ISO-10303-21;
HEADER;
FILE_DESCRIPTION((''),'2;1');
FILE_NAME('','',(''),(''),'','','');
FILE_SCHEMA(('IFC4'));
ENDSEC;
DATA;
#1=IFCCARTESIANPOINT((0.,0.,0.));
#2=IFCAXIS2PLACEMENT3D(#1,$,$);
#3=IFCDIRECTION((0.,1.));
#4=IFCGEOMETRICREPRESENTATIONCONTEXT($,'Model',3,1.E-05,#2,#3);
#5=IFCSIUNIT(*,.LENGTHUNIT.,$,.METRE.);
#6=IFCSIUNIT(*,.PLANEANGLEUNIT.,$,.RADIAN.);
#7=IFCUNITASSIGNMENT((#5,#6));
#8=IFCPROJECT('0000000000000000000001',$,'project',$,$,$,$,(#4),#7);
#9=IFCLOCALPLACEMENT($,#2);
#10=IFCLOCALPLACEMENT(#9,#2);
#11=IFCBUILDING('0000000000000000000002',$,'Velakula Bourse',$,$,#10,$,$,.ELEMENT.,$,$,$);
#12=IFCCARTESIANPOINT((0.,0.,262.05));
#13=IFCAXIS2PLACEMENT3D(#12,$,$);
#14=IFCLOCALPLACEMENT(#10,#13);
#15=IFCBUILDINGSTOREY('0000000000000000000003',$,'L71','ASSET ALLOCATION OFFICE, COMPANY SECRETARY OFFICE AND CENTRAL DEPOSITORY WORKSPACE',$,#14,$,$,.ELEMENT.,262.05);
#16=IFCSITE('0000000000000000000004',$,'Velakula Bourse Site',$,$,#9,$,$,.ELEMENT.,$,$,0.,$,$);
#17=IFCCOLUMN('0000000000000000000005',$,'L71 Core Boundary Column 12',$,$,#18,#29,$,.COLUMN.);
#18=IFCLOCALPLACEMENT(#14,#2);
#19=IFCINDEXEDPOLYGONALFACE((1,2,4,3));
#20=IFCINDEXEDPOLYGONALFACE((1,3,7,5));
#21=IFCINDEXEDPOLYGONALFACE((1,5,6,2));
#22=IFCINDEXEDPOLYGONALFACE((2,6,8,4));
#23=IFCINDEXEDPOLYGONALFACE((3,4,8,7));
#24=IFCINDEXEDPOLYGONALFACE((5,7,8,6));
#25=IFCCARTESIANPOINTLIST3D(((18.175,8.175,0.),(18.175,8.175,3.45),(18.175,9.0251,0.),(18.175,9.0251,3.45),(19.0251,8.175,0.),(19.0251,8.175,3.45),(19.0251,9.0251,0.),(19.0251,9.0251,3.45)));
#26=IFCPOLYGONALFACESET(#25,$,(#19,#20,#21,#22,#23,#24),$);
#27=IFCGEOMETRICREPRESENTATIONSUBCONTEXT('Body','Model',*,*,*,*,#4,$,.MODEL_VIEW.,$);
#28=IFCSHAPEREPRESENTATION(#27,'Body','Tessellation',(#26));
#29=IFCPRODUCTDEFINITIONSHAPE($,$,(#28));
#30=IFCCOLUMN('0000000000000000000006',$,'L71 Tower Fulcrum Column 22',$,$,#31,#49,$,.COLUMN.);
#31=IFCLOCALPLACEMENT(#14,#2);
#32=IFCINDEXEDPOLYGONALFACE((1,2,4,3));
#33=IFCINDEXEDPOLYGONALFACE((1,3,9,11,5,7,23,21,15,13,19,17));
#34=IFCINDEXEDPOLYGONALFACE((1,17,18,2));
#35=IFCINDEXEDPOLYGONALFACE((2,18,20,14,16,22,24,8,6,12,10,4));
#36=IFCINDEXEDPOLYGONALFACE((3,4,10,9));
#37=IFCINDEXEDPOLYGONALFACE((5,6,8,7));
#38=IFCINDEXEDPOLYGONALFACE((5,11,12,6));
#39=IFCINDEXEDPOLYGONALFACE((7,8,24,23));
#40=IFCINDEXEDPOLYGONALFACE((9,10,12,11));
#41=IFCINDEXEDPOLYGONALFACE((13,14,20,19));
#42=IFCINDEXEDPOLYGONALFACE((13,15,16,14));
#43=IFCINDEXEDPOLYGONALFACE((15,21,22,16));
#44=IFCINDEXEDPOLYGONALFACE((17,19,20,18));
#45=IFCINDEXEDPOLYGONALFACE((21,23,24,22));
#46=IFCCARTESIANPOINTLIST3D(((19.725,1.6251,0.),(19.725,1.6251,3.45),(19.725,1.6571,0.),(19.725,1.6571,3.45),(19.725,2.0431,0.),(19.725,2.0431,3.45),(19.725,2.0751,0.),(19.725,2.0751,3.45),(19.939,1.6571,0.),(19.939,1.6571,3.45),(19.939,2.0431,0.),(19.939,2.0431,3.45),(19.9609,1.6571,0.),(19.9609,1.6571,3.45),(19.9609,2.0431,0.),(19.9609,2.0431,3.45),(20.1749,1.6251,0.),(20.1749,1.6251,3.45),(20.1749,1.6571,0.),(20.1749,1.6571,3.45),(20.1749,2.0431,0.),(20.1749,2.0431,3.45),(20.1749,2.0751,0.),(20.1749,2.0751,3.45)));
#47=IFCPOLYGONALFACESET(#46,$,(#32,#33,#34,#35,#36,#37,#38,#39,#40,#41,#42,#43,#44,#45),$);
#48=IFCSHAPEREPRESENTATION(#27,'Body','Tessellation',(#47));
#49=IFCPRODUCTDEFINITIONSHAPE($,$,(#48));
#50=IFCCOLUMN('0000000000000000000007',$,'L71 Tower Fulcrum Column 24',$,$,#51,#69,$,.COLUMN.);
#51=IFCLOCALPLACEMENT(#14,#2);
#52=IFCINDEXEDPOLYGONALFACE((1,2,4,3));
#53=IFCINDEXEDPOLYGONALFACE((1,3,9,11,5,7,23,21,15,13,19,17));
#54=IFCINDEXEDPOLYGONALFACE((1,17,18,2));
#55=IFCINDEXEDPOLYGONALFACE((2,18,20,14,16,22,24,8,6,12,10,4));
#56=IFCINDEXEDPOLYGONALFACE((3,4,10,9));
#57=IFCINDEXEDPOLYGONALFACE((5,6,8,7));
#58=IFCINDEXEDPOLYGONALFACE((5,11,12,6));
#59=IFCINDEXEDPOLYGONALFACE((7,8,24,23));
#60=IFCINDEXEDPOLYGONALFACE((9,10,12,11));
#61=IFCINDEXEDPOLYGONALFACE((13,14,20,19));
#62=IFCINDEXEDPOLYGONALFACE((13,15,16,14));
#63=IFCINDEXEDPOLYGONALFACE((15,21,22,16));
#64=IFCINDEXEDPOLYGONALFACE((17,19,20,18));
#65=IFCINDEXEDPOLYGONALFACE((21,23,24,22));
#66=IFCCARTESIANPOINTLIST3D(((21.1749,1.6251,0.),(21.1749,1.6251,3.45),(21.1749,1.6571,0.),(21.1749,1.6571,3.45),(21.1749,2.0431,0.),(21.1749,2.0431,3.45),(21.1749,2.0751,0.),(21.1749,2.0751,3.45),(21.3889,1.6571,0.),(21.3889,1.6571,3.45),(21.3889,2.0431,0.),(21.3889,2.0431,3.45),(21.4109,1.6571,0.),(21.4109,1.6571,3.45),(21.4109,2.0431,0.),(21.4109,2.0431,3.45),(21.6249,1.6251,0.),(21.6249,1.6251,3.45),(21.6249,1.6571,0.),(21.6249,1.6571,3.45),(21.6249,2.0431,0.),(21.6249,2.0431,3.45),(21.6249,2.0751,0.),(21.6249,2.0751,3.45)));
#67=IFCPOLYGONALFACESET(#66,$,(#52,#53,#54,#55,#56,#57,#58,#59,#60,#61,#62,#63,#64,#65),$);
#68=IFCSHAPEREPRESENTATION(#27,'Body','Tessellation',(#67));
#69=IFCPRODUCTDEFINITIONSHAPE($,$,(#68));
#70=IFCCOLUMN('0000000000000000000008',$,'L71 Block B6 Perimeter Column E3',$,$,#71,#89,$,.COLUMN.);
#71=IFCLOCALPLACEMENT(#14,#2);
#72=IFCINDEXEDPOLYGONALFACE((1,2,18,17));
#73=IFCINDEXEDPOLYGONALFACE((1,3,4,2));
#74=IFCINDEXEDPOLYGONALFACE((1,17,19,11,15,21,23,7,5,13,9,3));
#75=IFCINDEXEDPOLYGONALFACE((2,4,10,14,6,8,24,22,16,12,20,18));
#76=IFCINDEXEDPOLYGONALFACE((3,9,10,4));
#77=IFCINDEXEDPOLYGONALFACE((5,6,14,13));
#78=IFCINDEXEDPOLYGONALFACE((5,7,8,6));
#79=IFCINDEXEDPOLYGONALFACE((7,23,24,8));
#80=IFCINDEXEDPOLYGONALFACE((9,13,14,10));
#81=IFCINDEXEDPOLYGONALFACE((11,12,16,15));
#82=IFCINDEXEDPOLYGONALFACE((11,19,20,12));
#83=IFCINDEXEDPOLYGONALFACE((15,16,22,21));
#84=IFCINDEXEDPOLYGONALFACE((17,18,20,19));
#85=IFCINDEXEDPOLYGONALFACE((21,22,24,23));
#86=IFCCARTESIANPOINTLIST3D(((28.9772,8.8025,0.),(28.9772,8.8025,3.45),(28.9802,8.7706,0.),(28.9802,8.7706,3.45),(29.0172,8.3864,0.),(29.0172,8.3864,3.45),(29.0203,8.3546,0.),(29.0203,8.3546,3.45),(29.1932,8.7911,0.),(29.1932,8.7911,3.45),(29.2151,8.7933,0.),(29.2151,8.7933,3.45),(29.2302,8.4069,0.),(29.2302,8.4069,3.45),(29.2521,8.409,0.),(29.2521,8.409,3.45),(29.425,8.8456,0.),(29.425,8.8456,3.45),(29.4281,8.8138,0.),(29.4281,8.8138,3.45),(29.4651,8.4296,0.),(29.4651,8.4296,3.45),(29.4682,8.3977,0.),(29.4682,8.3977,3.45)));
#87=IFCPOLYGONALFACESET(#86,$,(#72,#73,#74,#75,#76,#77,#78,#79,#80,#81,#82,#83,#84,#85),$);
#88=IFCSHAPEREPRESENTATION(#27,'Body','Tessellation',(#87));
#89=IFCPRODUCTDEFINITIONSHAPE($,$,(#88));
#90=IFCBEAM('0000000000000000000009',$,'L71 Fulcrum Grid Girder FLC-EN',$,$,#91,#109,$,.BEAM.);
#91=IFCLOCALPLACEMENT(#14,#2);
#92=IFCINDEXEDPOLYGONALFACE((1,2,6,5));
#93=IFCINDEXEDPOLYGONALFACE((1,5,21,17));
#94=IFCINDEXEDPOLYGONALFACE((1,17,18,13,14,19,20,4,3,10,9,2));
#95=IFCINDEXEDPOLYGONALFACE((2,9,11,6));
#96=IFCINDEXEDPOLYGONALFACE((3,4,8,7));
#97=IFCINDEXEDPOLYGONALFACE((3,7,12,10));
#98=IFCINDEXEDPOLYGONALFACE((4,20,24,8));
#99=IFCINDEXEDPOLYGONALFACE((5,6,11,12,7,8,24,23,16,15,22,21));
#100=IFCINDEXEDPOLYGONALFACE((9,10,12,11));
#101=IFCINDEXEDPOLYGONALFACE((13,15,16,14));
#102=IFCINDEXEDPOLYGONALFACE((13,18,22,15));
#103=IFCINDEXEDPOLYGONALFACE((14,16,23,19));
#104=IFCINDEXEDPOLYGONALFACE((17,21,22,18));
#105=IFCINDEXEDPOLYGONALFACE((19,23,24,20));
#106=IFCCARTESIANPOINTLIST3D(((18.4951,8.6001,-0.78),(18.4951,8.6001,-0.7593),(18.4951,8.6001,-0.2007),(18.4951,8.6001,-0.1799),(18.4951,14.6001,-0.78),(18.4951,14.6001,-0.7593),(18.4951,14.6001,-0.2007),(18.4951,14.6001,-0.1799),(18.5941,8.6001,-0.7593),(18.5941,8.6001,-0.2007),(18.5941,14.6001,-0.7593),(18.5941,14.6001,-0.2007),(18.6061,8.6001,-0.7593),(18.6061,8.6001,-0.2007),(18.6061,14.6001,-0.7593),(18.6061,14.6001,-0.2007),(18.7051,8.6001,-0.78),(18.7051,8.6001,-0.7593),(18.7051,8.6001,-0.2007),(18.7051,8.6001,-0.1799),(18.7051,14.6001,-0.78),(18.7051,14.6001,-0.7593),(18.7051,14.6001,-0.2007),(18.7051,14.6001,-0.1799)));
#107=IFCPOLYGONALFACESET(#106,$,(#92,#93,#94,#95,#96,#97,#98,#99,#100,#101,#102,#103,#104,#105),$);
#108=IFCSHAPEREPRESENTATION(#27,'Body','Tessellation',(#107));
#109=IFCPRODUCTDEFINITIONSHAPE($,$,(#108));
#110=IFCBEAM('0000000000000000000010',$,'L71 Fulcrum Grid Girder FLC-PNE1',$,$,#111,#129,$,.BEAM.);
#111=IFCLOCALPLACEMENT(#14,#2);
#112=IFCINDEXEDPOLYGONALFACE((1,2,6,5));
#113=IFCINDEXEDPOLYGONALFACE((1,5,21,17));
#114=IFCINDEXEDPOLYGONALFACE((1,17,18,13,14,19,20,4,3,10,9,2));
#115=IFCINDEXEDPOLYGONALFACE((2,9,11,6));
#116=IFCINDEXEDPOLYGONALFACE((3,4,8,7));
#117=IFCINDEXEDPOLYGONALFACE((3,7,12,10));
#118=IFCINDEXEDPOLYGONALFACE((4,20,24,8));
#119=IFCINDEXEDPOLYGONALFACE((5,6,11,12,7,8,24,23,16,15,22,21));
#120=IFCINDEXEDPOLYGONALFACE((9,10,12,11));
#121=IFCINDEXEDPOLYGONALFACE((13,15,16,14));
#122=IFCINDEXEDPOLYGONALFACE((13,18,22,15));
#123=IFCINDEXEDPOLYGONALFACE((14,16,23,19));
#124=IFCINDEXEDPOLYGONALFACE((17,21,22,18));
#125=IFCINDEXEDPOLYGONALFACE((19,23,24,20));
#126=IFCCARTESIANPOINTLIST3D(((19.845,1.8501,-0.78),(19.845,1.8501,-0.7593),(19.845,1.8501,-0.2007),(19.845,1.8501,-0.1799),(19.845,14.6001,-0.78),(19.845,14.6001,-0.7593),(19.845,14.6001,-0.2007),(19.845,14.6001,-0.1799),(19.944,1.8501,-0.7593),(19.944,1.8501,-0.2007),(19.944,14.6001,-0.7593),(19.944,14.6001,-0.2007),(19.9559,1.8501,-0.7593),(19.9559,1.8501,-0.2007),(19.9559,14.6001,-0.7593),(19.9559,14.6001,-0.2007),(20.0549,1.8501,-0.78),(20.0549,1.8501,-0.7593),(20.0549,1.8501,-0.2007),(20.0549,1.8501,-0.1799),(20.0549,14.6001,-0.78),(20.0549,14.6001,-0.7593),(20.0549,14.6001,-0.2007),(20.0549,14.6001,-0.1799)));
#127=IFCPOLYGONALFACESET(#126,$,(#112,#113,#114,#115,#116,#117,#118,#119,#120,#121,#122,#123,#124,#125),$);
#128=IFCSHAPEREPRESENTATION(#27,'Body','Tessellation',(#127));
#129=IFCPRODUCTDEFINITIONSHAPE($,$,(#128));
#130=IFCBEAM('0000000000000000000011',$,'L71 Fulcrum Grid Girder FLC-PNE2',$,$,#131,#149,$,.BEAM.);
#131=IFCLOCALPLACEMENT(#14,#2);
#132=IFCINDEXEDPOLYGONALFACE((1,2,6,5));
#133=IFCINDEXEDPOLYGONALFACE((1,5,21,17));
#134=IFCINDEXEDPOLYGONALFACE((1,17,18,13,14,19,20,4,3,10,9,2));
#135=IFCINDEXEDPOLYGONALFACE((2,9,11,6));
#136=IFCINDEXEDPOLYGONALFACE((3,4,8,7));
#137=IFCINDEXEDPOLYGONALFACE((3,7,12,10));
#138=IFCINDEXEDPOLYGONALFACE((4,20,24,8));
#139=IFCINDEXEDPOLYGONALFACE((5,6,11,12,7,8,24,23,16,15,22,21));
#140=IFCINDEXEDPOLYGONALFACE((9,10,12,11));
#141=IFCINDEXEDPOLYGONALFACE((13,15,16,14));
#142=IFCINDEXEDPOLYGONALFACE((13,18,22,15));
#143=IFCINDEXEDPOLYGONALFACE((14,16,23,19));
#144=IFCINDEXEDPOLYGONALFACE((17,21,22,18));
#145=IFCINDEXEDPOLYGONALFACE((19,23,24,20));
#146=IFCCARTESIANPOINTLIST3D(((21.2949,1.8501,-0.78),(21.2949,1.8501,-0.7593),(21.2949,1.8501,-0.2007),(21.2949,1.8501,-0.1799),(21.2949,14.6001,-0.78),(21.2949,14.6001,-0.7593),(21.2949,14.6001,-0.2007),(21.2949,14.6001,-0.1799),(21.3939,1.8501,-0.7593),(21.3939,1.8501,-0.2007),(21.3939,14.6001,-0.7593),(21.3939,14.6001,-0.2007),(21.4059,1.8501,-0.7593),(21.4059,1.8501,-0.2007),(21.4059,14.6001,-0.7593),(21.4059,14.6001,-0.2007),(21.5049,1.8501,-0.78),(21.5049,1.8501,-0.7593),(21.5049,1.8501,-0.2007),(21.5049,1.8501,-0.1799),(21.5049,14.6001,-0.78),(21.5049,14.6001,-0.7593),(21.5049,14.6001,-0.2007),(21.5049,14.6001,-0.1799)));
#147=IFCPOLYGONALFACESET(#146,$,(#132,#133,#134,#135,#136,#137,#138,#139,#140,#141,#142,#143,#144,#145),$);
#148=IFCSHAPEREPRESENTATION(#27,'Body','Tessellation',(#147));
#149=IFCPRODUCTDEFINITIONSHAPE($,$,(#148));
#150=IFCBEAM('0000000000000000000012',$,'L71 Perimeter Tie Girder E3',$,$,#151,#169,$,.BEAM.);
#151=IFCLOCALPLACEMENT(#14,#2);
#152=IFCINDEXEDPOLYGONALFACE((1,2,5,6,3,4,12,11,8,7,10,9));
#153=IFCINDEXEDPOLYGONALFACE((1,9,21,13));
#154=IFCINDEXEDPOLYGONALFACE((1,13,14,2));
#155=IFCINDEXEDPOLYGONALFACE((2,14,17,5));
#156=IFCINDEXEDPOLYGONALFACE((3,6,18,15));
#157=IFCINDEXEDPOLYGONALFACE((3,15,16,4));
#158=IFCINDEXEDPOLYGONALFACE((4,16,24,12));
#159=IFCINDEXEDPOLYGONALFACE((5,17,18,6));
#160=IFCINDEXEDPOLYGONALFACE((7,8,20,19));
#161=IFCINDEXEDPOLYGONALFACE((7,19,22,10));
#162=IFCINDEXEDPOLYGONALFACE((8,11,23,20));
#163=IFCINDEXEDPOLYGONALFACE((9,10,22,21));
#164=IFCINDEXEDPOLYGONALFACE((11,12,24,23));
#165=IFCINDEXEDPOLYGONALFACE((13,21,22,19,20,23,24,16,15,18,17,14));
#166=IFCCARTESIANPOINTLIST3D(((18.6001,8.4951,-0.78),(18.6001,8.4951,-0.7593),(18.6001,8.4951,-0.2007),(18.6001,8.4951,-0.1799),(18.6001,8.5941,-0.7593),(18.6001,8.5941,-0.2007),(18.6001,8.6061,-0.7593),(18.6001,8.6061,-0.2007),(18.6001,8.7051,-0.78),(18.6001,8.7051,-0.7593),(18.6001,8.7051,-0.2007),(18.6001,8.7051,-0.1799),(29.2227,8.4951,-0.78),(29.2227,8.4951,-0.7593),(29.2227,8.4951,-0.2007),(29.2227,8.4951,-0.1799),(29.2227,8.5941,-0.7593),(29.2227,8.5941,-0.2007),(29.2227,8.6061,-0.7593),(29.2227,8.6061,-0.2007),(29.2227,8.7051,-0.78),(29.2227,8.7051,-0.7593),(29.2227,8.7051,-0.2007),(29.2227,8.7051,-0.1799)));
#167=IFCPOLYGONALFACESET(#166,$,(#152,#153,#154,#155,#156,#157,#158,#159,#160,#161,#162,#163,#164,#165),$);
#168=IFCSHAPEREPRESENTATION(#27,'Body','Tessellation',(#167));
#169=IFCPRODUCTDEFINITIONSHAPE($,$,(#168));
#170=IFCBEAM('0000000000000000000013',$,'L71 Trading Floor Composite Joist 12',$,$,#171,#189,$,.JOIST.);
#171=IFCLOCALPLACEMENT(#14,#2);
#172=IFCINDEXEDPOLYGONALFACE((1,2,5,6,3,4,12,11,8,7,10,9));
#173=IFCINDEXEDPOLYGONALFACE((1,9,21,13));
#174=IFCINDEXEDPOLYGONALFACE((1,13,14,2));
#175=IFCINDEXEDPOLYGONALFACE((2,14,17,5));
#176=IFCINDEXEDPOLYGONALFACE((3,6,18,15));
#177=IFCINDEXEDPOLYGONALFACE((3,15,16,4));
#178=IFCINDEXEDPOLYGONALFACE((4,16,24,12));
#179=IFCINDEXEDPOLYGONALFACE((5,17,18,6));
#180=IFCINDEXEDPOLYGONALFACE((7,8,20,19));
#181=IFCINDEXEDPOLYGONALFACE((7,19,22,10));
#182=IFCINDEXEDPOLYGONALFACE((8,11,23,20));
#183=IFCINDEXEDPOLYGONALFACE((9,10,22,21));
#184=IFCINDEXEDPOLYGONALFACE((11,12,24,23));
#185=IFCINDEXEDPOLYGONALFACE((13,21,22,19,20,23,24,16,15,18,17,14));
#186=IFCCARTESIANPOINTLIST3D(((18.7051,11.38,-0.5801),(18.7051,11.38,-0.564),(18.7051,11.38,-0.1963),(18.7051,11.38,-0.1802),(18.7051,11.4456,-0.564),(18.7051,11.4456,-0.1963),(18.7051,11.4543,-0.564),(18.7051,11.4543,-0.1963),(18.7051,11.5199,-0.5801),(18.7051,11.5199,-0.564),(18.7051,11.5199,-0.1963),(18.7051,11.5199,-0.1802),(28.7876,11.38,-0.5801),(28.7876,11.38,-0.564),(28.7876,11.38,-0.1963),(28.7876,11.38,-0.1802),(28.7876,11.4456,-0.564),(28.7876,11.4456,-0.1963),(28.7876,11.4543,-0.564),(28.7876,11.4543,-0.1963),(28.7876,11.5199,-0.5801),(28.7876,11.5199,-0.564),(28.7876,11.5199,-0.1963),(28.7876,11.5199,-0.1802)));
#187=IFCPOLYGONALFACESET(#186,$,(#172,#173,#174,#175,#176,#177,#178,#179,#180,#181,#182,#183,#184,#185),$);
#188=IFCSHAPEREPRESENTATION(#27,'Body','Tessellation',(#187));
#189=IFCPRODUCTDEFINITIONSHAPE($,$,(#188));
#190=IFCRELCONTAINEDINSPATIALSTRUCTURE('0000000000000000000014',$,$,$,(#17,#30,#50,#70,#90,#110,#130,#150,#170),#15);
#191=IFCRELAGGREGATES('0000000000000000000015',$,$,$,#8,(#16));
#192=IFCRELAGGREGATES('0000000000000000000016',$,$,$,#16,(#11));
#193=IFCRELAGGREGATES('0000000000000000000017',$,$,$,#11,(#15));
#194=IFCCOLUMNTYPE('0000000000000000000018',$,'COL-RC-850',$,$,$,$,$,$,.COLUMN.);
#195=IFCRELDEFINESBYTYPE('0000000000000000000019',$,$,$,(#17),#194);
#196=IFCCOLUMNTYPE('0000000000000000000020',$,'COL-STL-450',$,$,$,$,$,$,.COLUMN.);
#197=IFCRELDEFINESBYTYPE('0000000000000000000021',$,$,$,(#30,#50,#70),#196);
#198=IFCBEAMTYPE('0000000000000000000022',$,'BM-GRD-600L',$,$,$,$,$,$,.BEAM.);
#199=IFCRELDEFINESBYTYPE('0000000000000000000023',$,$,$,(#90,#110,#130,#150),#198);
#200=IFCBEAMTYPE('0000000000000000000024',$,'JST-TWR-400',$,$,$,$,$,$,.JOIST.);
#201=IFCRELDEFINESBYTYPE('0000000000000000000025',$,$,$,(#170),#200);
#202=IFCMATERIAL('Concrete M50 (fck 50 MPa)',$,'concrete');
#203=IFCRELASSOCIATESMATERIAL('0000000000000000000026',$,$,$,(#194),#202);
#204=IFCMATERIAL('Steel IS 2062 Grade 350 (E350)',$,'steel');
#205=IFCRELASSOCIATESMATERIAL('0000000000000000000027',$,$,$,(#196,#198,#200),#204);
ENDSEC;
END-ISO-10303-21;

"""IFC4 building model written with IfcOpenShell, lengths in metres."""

from ifc_helpers import new_model, si_unit, direction, frame, origin, origin_2d, place, context, subcontext, project, spatial, rectangle, i_section, extrude, material, material_profile, profile_set, type_object, element, save


model = new_model("IFC4")

# Units and contexts
model_context = context("Model", 3, precision=1e-05, world=origin(), true_north=direction((0.0, 1.0)))
body_context = subcontext(model_context, "Body", "Model", "MODEL_VIEW")
ifc_project = project(units=[si_unit("LENGTHUNIT", "METRE"), si_unit("PLANEANGLEUNIT", "RADIAN")], contexts=[model_context])

# Site, building, storey
site_placement = place(None, origin())
site = spatial("IfcSite", under=ifc_project, at=site_placement, Name="Velakula Bourse Site", CompositionType="ELEMENT", RefElevation=0.0)
building_placement = place(site_placement, origin())
building = spatial("IfcBuilding", under=site, at=building_placement, Name="Velakula Bourse", CompositionType="ELEMENT")
storey_placement = place(building_placement, frame((0.0, 0.0, 262.05)))
storey = spatial("IfcBuildingStorey", under=building, at=storey_placement, Name="L71", Description="ASSET ALLOCATION OFFICE, COMPANY SECRETARY OFFICE AND CENTRAL DEPOSITORY WORKSPACE", CompositionType="ELEMENT", Elevation=262.05)

# Columns
ifc_material_1 = material(Name="Concrete M50 (fck 50 MPa)", Category="concrete")
ifc_material_profile_1 = material_profile(ifc_material_1, rectangle(XDim=0.8501, YDim=0.8501, at=origin_2d()), Name="Concrete M50 (fck 50 MPa)")
ifc_profile_set_1 = profile_set([ifc_material_profile_1], Name="Concrete M50 (fck 50 MPa)")
column_type_1 = type_object("IfcColumnType", Name="COL-RC-850", PredefinedType="COLUMN", material=ifc_profile_set_1)
column_placement = place(storey_placement, frame((18.6001, 8.6001, 0.0), z_axis=(0.0, 0.0, 1.0), x_axis=(1.0, 0.0, 0.0)))
element("IfcColumn", 1, at=column_placement, inside=storey, type_object=column_type_1, Name="L71 Core Boundary Column 12", PredefinedType="COLUMN", context=body_context, shape_type="SweptSolid", body=[
    extrude(rectangle(XDim=0.8501, YDim=0.8501, at=origin_2d()), origin(), (0.0, 0.0, 1.0), 3.45),
])
ifc_material_2 = material(Name="Steel IS 2062 Grade 350 (E350)", Category="steel")
ifc_material_profile_2 = material_profile(ifc_material_2, i_section(OverallWidth=0.45, OverallDepth=0.45, WebThickness=0.022, FlangeThickness=0.032, at=origin_2d()), Name="Steel IS 2062 Grade 350 (E350)")
ifc_profile_set_2 = profile_set([ifc_material_profile_2], Name="Steel IS 2062 Grade 350 (E350)")
column_type_2 = type_object("IfcColumnType", Name="COL-STL-450", PredefinedType="COLUMN", material=ifc_profile_set_2)
for number, where, z_axis, x_axis, name in (
    (2, (19.95, 1.8501, 0.0), (0.0, 0.0, 1.0), (1.0, 0.0, 0.0), "L71 Tower Fulcrum Column 22"),
    (3, (21.3999, 1.8501, 0.0), (0.0, 0.0, 1.0), (1.0, 0.0, 0.0), "L71 Tower Fulcrum Column 24"),
    (4, (29.2227, 8.6001, 0.0), (0.0, 0.0, 1.0), (0.995396, 0.095846, 0.0), "L71 Block B6 Perimeter Column E3"),
):
    element("IfcColumn", number, at=place(storey_placement, frame(where, z_axis=z_axis, x_axis=x_axis)), inside=storey, type_object=column_type_2, Name=name, PredefinedType="COLUMN", context=body_context, shape_type="SweptSolid", body=[
        extrude(i_section(OverallWidth=0.45, OverallDepth=0.45, WebThickness=0.022, FlangeThickness=0.032, at=origin_2d()), origin(), (0.0, 0.0, 1.0), 3.45),
    ])

# Beams
ifc_material_profile_3 = material_profile(ifc_material_2, i_section(OverallWidth=0.21, OverallDepth=0.6001, WebThickness=0.012, FlangeThickness=0.0208, at=origin_2d()), Name="Steel IS 2062 Grade 350 (E350)")
ifc_profile_set_3 = profile_set([ifc_material_profile_3], Name="Steel IS 2062 Grade 350 (E350)")
beam_type_1 = type_object("IfcBeamType", Name="BM-GRD-600L", PredefinedType="BEAM", material=ifc_profile_set_3)
beam_1_placement = place(storey_placement, frame((18.6001, 8.6001, -0.48), z_axis=(0.0, 1.0, 0.0), x_axis=(-1.0, 0.0, 0.0)))
element("IfcBeam", 5, at=beam_1_placement, inside=storey, type_object=beam_type_1, Name="L71 Fulcrum Grid Girder FLC-EN", PredefinedType="BEAM", context=body_context, shape_type="SweptSolid", body=[
    extrude(i_section(OverallWidth=0.21, OverallDepth=0.6001, WebThickness=0.012, FlangeThickness=0.0208, at=origin_2d()), origin(), (0.0, 0.0, 1.0), 6.0),
])
for number, where, z_axis, x_axis, name in (
    (6, (19.95, 1.8501, -0.48), (0.0, 1.0, 0.0), (-1.0, 0.0, 0.0), "L71 Fulcrum Grid Girder FLC-PNE1"),
    (7, (21.3999, 1.8501, -0.48), (0.0, 1.0, 0.0), (-1.0, 0.0, 0.0), "L71 Fulcrum Grid Girder FLC-PNE2"),
):
    element("IfcBeam", number, at=place(storey_placement, frame(where, z_axis=z_axis, x_axis=x_axis)), inside=storey, type_object=beam_type_1, Name=name, PredefinedType="BEAM", context=body_context, shape_type="SweptSolid", body=[
        extrude(i_section(OverallWidth=0.21, OverallDepth=0.6001, WebThickness=0.012, FlangeThickness=0.0208, at=origin_2d()), origin(), (0.0, 0.0, 1.0), 12.75),
    ])
beam_2_placement = place(storey_placement, frame((18.6001, 8.6001, -0.48), z_axis=(1.0, 0.0, 0.0), x_axis=(0.0, 1.0, 0.0)))
element("IfcBeam", 8, at=beam_2_placement, inside=storey, type_object=beam_type_1, Name="L71 Perimeter Tie Girder E3", PredefinedType="BEAM", context=body_context, shape_type="SweptSolid", body=[
    extrude(i_section(OverallWidth=0.21, OverallDepth=0.6001, WebThickness=0.012, FlangeThickness=0.0208, at=origin_2d()), origin(), (0.0, 0.0, 1.0), 10.6226),
])
ifc_material_profile_4 = material_profile(ifc_material_2, i_section(OverallWidth=0.1399, OverallDepth=0.3999, WebThickness=0.0088, FlangeThickness=0.0161, at=origin_2d()), Name="Steel IS 2062 Grade 350 (E350)")
ifc_profile_set_4 = profile_set([ifc_material_profile_4], Name="Steel IS 2062 Grade 350 (E350)")
beam_type_2 = type_object("IfcBeamType", Name="JST-TWR-400", PredefinedType="JOIST", material=ifc_profile_set_4)
beam_3_placement = place(storey_placement, frame((18.7051, 11.45, -0.3801), z_axis=(1.0, 0.0, 0.0), x_axis=(0.0, 1.0, 0.0)))
element("IfcBeam", 9, at=beam_3_placement, inside=storey, type_object=beam_type_2, Name="L71 Trading Floor Composite Joist 12", PredefinedType="JOIST", context=body_context, shape_type="SweptSolid", body=[
    extrude(i_section(OverallWidth=0.1399, OverallDepth=0.3999, WebThickness=0.0088, FlangeThickness=0.0161, at=origin_2d()), origin(), (0.0, 0.0, 1.0), 10.0825),
])

save(model, "model.ifc")
